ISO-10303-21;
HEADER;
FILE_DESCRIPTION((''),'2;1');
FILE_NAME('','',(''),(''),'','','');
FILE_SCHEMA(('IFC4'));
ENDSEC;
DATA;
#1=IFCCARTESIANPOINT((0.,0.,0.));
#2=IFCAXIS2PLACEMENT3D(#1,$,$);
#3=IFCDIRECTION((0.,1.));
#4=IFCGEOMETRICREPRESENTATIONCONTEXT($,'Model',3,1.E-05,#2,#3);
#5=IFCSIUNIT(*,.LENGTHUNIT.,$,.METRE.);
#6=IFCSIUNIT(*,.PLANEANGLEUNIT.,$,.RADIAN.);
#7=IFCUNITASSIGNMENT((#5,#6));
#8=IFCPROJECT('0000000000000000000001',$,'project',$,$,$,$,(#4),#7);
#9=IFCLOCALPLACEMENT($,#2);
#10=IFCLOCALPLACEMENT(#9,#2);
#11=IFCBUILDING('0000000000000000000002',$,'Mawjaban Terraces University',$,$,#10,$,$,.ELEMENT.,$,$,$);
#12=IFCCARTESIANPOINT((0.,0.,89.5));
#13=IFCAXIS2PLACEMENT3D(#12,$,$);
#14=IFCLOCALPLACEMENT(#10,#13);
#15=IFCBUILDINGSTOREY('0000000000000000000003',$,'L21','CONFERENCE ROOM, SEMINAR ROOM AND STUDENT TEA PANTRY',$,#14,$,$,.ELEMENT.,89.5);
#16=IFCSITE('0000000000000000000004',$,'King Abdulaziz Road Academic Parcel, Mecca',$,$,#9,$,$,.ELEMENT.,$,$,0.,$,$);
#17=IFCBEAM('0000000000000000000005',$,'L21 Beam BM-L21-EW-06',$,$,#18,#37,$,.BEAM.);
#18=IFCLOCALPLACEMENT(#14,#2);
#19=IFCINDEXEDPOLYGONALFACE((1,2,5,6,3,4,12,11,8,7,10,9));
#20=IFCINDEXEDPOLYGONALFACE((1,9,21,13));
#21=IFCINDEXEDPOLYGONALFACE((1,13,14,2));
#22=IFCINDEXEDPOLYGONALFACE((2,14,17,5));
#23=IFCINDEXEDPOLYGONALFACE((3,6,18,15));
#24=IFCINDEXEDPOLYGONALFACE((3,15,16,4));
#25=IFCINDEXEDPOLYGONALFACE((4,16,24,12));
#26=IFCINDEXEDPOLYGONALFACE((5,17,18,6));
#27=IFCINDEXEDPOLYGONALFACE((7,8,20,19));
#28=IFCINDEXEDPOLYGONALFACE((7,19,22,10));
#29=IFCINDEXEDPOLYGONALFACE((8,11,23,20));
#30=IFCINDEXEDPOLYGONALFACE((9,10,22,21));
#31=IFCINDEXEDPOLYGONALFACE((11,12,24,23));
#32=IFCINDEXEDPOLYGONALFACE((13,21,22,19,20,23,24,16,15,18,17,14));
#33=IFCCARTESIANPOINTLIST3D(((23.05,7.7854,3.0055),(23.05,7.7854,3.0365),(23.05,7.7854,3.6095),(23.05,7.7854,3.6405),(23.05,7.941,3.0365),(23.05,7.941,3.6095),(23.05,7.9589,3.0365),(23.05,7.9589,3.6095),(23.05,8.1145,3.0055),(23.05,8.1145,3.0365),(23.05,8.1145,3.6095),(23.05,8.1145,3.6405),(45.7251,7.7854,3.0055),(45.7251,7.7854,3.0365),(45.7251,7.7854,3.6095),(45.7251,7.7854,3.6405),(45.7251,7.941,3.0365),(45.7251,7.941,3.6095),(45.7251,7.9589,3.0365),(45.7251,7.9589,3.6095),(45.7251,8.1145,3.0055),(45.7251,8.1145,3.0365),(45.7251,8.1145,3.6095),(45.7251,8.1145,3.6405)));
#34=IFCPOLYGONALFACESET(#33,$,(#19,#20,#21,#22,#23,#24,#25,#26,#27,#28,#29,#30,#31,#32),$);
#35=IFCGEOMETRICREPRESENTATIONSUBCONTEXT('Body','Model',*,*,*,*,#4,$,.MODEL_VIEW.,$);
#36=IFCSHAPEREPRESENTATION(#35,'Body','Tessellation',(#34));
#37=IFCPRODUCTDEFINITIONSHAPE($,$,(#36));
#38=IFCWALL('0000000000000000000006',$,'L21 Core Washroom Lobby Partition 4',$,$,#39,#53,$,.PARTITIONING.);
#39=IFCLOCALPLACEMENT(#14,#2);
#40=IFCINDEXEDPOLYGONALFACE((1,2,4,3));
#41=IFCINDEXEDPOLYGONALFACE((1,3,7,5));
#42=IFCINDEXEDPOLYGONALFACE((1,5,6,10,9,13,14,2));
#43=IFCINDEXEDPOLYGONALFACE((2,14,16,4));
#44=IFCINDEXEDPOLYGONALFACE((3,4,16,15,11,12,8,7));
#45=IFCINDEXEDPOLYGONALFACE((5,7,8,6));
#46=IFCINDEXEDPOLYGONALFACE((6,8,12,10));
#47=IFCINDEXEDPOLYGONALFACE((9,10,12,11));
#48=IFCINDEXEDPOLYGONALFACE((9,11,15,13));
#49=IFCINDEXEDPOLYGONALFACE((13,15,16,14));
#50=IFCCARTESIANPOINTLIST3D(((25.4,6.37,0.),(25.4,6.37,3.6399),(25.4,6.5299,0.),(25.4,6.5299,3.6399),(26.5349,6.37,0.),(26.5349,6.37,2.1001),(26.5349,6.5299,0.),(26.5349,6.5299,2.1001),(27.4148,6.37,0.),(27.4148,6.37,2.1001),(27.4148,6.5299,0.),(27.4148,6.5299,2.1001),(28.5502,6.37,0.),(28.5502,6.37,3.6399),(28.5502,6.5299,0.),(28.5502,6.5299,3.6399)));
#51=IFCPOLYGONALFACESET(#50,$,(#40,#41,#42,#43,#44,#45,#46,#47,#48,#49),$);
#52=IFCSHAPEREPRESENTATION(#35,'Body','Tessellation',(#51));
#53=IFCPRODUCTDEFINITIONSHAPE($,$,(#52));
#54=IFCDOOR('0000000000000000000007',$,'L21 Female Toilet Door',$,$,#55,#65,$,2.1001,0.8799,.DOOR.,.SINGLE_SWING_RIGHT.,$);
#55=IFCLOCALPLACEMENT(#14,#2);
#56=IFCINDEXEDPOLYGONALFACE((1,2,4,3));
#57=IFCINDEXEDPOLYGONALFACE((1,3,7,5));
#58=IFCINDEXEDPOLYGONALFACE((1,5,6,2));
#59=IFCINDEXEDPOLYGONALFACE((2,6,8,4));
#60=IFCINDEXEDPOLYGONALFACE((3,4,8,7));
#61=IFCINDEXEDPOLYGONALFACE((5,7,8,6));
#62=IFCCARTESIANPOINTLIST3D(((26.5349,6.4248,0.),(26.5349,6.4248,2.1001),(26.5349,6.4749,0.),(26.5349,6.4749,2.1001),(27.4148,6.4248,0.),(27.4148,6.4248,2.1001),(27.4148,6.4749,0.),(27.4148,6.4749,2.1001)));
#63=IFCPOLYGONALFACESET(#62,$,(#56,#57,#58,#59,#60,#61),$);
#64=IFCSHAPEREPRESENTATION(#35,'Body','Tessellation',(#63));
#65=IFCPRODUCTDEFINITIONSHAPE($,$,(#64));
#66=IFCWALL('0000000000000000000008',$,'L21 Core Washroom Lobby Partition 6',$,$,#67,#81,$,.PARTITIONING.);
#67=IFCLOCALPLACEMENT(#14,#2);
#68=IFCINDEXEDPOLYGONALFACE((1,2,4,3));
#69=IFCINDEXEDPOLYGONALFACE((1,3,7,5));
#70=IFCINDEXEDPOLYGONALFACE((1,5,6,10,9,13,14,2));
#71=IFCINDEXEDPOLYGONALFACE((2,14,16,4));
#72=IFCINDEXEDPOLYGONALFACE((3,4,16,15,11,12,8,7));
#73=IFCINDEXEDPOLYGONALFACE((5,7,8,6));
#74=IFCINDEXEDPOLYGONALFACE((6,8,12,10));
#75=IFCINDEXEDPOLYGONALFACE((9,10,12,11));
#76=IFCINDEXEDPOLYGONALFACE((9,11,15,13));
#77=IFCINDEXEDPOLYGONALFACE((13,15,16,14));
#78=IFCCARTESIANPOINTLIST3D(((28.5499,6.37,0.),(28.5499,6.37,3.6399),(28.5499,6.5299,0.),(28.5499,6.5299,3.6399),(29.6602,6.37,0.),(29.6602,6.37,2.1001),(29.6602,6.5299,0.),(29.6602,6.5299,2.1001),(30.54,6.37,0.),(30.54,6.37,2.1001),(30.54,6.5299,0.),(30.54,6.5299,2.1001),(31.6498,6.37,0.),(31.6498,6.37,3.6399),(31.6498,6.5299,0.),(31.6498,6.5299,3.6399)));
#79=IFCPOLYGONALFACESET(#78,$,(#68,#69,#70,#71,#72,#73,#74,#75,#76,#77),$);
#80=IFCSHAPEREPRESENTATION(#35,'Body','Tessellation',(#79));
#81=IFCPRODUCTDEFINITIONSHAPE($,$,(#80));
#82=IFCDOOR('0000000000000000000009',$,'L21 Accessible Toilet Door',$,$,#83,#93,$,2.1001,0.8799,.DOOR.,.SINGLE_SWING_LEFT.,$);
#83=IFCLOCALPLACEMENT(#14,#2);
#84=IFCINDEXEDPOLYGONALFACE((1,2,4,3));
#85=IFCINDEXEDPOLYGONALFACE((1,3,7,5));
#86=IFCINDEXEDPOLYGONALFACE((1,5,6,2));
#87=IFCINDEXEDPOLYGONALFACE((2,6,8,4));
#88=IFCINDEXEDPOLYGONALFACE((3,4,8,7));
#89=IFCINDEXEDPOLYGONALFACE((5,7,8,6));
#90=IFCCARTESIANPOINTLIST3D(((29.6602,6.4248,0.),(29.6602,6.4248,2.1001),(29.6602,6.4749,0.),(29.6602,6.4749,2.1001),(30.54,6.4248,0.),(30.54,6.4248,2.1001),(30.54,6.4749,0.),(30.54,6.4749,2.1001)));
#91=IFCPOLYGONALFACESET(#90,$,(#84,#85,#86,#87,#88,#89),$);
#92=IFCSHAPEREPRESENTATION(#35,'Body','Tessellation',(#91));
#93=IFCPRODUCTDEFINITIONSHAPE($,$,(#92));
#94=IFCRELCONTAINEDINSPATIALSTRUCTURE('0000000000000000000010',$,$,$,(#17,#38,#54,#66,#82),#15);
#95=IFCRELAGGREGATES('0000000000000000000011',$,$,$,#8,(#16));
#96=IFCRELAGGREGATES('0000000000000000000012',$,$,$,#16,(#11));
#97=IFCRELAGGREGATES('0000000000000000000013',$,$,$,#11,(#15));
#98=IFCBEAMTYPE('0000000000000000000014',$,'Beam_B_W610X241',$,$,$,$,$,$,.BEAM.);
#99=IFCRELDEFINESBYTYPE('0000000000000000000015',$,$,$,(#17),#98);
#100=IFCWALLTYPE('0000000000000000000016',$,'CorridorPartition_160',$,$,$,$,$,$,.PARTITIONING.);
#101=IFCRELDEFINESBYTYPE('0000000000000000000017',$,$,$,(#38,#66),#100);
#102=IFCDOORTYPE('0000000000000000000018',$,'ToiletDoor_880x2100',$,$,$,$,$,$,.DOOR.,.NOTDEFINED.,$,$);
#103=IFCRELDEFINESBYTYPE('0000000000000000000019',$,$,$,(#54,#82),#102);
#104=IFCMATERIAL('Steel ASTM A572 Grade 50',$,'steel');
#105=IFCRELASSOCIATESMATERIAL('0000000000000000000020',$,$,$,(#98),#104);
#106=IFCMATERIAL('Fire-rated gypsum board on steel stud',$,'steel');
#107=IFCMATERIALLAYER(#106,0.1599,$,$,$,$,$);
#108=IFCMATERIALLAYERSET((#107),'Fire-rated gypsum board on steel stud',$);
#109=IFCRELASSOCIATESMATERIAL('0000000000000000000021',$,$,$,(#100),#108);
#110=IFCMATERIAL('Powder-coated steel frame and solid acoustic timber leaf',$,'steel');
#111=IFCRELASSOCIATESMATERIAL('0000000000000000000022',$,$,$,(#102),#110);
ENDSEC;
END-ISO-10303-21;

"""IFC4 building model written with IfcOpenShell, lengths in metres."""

from ifc_helpers import new_model, si_unit, direction, frame, frame_2d, origin, origin_2d, place, context, subcontext, project, spatial, rectangle, i_section, extrude, material, layer, layer_set, material_profile, profile_set, type_object, element, fill, save


model = new_model("IFC4")

# Units and contexts
model_context = context("Model", 3, precision=1e-05, world=origin(), true_north=direction((0.0, 1.0)))
body_context = subcontext(model_context, "Body", "Model", "MODEL_VIEW")
ifc_project = project(units=[si_unit("LENGTHUNIT", "METRE"), si_unit("PLANEANGLEUNIT", "RADIAN")], contexts=[model_context])

# Site, building, storey
site_placement = place(None, origin())
site = spatial("IfcSite", under=ifc_project, at=site_placement, Name="King Abdulaziz Road Academic Parcel, Mecca", CompositionType="ELEMENT", RefElevation=0.0)
building_placement = place(site_placement, origin())
building = spatial("IfcBuilding", under=site, at=building_placement, Name="Mawjaban Terraces University", CompositionType="ELEMENT")
storey_placement = place(building_placement, frame((0.0, 0.0, 89.5)))
storey = spatial("IfcBuildingStorey", under=building, at=storey_placement, Name="L21", Description="CONFERENCE ROOM, SEMINAR ROOM AND STUDENT TEA PANTRY", CompositionType="ELEMENT", Elevation=89.5)

# Beam
ifc_material_1 = material(Name="Steel ASTM A572 Grade 50", Category="steel")
ifc_material_profile = material_profile(ifc_material_1, i_section(OverallWidth=0.3291, OverallDepth=0.635, WebThickness=0.0178, FlangeThickness=0.031, at=origin_2d()), Name="W610X241")
ifc_profile_set = profile_set([ifc_material_profile], Name="Steel ASTM A572 Grade 50")
beam_type = type_object("IfcBeamType", Name="Beam_B_W610X241", PredefinedType="BEAM", material=ifc_profile_set)
beam_placement = place(storey_placement, frame((23.05, 7.95, 3.323), z_axis=(1.0, 0.0, 0.0), x_axis=(0.0, 1.0, 0.0)))
element("IfcBeam", 1, at=beam_placement, inside=storey, type_object=beam_type, Name="L21 Beam BM-L21-EW-06", PredefinedType="BEAM", context=body_context, shape_type="SweptSolid", body=[
    extrude(i_section(OverallWidth=0.3291, OverallDepth=0.635, WebThickness=0.0178, FlangeThickness=0.031, at=origin_2d()), origin(), (0.0, 0.0, 1.0), 22.675),
])

# Walls, openings, doors
ifc_material_2 = material(Name="Fire-rated gypsum board on steel stud", Category="steel")
ifc_layer_1 = layer(ifc_material_2, 0.1599)
ifc_layer_set_1 = layer_set([ifc_layer_1], Name="Fire-rated gypsum board on steel stud")
wall_type_1 = type_object("IfcWallType", Name="CorridorPartition_160", PredefinedType="PARTITIONING", material=ifc_layer_set_1)
wall_1_placement = place(storey_placement, frame((25.3999, 6.45, 0.0), z_axis=(0.0, 0.0, 1.0), x_axis=(1.0, 0.0, 0.0)))
wall_1 = element("IfcWall", 2, at=wall_1_placement, inside=storey, type_object=wall_type_1, Name="L21 Core Washroom Lobby Partition 4", PredefinedType="PARTITIONING", context=body_context, shape_type="SweptSolid", body=[
    extrude(rectangle(XDim=3.1501, YDim=0.1599, at=frame_2d((1.5752, 0.0))), origin(), (0.0, 0.0, 1.0), 3.6399),
])
opening_1_placement = place(wall_1_placement, frame((1.135, 0.0, 0.0)))
opening_1 = element("IfcOpeningElement", 3, at=opening_1_placement, cuts=wall_1, PredefinedType="OPENING", context=body_context, shape_type="SweptSolid", body=[
    extrude(rectangle(XDim=0.8799, YDim=2.1001, at=frame_2d((0.4399, 1.05))), frame((0.0, 0.0898, 0.0), z_axis=(0.0, -1.0, 0.0), x_axis=(1.0, 0.0, 0.0)), (0.0, 0.0, 1.0), 0.1799),
])
ifc_material_3 = material(Name="Powder-coated steel frame and solid acoustic timber leaf", Category="steel")
door_type = type_object("IfcDoorType", Name="ToiletDoor_880x2100", OperationType="NOTDEFINED", PredefinedType="DOOR", material=ifc_material_3)
door_1_placement = place(opening_1_placement, origin())
door_1 = element("IfcDoor", 4, at=door_1_placement, inside=storey, type_object=door_type, Name="L21 Female Toilet Door", OperationType="SINGLE_SWING_RIGHT", OverallHeight=2.1001, OverallWidth=0.8799, PredefinedType="DOOR", context=body_context, shape_type="SweptSolid", body=[
    extrude(rectangle(XDim=0.8799, YDim=2.1001, at=frame_2d((0.4399, 1.05))), frame((0.0, 0.0249, 0.0), z_axis=(0.0, -1.0, 0.0), x_axis=(1.0, 0.0, 0.0)), (0.0, 0.0, 1.0), 0.05),
])
fill(opening_1, door_1)
wall_2_placement = place(storey_placement, frame((28.55, 6.45, 0.0), z_axis=(0.0, 0.0, 1.0), x_axis=(1.0, 0.0, 0.0)))
wall_2 = element("IfcWall", 5, at=wall_2_placement, inside=storey, type_object=wall_type_1, Name="L21 Core Washroom Lobby Partition 6", PredefinedType="PARTITIONING", context=body_context, shape_type="SweptSolid", body=[
    extrude(rectangle(XDim=3.0999, YDim=0.1599, at=frame_2d((1.5498, 0.0))), origin(), (0.0, 0.0, 1.0), 3.6399),
])
opening_2_placement = place(wall_2_placement, frame((1.1101, 0.0, 0.0)))
opening_2 = element("IfcOpeningElement", 6, at=opening_2_placement, cuts=wall_2, PredefinedType="OPENING", context=body_context, shape_type="SweptSolid", body=[
    extrude(rectangle(XDim=0.8799, YDim=2.1001, at=frame_2d((0.4399, 1.05))), frame((0.0, 0.0898, 0.0), z_axis=(0.0, -1.0, 0.0), x_axis=(1.0, 0.0, 0.0)), (0.0, 0.0, 1.0), 0.1799),
])
door_2_placement = place(opening_2_placement, origin())
door_2 = element("IfcDoor", 7, at=door_2_placement, inside=storey, type_object=door_type, Name="L21 Accessible Toilet Door", OperationType="SINGLE_SWING_LEFT", OverallHeight=2.1001, OverallWidth=0.8799, PredefinedType="DOOR", context=body_context, shape_type="SweptSolid", body=[
    extrude(rectangle(XDim=0.8799, YDim=2.1001, at=frame_2d((0.4399, 1.05))), frame((0.0, 0.0249, 0.0), z_axis=(0.0, -1.0, 0.0), x_axis=(1.0, 0.0, 0.0)), (0.0, 0.0, 1.0), 0.05),
])
fill(opening_2, door_2)

save(model, "model.ifc")
